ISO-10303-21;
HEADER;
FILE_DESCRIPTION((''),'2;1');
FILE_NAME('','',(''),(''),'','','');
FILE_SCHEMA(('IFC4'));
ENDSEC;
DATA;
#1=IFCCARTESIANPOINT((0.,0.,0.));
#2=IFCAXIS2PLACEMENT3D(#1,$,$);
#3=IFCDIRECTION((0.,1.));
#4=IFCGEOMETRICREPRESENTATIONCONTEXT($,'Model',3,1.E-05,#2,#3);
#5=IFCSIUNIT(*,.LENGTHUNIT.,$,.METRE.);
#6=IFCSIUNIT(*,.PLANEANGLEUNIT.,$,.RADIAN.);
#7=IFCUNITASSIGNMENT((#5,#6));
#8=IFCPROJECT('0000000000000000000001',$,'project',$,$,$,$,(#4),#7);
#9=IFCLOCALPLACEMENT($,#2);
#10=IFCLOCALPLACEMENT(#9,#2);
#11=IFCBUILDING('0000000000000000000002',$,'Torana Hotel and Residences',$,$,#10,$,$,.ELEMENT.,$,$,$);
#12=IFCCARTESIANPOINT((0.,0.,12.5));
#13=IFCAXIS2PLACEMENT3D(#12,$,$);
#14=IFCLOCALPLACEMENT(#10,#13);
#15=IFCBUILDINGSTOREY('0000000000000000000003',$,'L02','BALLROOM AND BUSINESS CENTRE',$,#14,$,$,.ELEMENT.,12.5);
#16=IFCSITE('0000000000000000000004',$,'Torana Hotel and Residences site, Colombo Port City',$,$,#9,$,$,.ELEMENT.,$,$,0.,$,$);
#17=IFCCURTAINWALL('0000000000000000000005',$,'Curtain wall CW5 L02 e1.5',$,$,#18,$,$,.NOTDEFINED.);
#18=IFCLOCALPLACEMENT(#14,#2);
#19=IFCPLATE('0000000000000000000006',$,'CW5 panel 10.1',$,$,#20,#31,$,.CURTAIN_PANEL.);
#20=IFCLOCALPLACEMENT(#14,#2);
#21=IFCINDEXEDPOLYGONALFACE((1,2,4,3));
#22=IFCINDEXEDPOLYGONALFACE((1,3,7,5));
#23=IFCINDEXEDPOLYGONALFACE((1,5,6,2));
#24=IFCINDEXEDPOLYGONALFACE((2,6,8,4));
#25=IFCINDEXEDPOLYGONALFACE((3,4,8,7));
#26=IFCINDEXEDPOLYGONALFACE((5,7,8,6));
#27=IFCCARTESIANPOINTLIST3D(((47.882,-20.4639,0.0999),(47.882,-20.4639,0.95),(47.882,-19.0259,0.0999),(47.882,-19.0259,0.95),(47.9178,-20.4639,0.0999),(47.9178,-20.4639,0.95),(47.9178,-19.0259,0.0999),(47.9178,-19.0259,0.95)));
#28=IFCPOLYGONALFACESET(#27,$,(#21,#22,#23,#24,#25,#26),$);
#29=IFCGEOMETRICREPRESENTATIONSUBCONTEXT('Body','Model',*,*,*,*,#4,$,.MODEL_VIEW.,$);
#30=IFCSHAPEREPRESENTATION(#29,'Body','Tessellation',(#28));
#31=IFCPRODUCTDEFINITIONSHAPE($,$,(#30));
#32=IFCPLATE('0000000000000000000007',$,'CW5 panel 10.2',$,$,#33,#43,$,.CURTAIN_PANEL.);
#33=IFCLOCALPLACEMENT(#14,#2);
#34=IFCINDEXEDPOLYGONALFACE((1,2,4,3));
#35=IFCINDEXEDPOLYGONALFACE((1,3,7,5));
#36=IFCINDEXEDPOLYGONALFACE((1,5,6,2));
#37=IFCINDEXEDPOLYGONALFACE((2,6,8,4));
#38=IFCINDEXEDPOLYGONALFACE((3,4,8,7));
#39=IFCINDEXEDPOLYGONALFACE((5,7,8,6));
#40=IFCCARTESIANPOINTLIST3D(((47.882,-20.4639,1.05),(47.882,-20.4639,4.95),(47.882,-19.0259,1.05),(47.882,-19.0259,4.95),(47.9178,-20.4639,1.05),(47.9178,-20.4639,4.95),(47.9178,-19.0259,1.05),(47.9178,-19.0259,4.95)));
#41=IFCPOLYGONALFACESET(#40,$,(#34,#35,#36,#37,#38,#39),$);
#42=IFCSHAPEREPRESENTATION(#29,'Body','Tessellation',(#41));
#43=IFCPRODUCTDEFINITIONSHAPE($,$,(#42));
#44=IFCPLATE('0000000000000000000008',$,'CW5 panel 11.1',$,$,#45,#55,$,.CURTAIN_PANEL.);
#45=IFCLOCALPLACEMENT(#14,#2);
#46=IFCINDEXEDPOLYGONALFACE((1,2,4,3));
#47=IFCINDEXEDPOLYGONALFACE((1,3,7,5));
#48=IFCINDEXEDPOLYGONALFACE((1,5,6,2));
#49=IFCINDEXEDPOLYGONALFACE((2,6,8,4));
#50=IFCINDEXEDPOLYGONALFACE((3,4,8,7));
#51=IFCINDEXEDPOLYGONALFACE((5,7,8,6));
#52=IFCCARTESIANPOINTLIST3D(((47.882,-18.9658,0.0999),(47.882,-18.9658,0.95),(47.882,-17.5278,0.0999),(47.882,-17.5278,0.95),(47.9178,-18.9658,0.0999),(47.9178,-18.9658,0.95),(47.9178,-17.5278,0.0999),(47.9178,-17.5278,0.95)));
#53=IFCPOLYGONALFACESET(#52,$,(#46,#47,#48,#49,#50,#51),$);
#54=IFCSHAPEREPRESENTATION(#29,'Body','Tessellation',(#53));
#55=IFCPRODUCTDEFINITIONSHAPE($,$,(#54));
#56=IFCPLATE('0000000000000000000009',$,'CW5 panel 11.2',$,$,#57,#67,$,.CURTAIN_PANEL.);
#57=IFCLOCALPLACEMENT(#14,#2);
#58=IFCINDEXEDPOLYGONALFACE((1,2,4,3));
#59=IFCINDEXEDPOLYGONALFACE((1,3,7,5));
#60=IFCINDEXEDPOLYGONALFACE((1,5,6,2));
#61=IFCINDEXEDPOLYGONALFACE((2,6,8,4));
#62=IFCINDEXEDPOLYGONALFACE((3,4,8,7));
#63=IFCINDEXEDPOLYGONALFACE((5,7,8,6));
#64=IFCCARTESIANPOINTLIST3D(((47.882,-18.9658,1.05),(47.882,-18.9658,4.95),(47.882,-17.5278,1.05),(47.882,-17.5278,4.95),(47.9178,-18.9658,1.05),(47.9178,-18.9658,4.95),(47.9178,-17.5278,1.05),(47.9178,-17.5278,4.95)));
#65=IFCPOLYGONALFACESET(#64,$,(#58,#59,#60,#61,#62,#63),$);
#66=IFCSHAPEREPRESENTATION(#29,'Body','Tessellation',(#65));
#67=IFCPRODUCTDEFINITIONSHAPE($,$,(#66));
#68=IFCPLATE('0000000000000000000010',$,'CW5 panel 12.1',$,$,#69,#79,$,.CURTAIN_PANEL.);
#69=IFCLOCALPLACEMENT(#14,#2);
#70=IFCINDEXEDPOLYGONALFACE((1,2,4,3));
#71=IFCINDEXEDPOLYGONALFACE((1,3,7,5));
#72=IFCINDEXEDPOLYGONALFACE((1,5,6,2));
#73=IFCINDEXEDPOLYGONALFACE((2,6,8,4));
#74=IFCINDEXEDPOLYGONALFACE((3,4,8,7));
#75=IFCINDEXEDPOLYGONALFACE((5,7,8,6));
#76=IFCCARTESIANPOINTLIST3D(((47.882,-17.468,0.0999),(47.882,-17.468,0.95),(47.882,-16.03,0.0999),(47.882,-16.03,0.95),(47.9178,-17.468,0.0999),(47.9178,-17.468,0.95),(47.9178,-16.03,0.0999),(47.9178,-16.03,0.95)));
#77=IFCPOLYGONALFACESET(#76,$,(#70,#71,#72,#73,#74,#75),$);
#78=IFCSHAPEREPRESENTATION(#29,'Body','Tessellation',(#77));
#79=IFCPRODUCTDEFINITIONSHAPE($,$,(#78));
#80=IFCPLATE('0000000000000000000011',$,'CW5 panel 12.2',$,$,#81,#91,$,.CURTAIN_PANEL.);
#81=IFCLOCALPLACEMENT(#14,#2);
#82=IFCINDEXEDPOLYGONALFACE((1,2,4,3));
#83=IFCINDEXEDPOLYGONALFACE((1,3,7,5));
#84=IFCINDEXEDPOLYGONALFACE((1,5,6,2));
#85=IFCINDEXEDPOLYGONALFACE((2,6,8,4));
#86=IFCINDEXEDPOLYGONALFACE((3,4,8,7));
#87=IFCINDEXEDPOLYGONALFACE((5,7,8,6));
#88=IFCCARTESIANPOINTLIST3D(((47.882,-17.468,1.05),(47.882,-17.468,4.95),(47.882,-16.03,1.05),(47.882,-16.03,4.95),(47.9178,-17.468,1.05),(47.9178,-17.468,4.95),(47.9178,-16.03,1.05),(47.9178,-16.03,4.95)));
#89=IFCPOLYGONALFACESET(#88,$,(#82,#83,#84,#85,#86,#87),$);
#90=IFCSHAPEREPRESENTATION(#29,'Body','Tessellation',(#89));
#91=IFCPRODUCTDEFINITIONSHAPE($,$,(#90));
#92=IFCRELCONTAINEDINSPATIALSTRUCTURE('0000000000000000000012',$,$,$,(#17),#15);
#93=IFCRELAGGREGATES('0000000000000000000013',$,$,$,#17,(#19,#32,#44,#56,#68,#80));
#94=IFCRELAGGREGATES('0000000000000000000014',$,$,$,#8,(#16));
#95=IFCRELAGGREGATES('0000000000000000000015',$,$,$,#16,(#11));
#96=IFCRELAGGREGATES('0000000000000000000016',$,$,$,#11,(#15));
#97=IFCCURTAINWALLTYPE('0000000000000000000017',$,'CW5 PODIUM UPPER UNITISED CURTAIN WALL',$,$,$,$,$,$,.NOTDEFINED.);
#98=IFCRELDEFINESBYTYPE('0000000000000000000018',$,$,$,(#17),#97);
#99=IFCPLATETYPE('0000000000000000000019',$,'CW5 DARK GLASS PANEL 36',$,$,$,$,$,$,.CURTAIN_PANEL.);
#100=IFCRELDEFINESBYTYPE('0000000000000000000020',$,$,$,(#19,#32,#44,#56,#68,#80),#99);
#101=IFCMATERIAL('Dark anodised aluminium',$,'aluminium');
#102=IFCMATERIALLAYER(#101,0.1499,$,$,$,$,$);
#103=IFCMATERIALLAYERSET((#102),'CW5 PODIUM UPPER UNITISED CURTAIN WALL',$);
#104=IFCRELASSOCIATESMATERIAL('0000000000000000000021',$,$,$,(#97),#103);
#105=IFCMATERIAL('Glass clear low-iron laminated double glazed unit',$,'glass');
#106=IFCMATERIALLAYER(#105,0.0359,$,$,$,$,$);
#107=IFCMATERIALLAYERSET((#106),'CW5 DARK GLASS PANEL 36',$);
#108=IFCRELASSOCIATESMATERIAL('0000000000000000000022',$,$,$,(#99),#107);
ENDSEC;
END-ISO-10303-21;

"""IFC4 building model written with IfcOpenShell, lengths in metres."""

from ifc_helpers import new_model, si_unit, direction, frame, origin, origin_2d, place, context, subcontext, project, spatial, rectangle, extrude, material, layer, layer_set, type_object, element, aggregate, save


model = new_model("IFC4")

# Units and contexts
model_context = context("Model", 3, precision=1e-05, world=origin(), true_north=direction((0.0, 1.0)))
body_context = subcontext(model_context, "Body", "Model", "MODEL_VIEW")
ifc_project = project(units=[si_unit("LENGTHUNIT", "METRE"), si_unit("PLANEANGLEUNIT", "RADIAN")], contexts=[model_context])

# Site, building, storey
site_placement = place(None, origin())
site = spatial("IfcSite", under=ifc_project, at=site_placement, Name="Torana Hotel and Residences site, Colombo Port City", CompositionType="ELEMENT", RefElevation=0.0)
building_placement = place(site_placement, origin())
building = spatial("IfcBuilding", under=site, at=building_placement, Name="Torana Hotel and Residences", CompositionType="ELEMENT")
storey_placement = place(building_placement, frame((0.0, 0.0, 12.5)))
storey = spatial("IfcBuildingStorey", under=building, at=storey_placement, Name="L02", Description="BALLROOM AND BUSINESS CENTRE", CompositionType="ELEMENT", Elevation=12.5)

# Curtain wall, plates
ifc_material_1 = material(Name="Dark anodised aluminium", Category="aluminium")
ifc_layer_1 = layer(ifc_material_1, 0.1499)
ifc_layer_set_1 = layer_set([ifc_layer_1], Name="CW5 PODIUM UPPER UNITISED CURTAIN WALL")
curtain_wall_type = type_object("IfcCurtainWallType", Name="CW5 PODIUM UPPER UNITISED CURTAIN WALL", PredefinedType="NOTDEFINED", material=ifc_layer_set_1)
curtain_wall_placement = place(storey_placement, origin())
curtain_wall = element("IfcCurtainWall", 1, at=curtain_wall_placement, inside=storey, type_object=curtain_wall_type, Name="Curtain wall CW5 L02 e1.5", PredefinedType="NOTDEFINED")
ifc_material_2 = material(Name="Glass clear low-iron laminated double glazed unit", Category="glass")
ifc_layer_2 = layer(ifc_material_2, 0.0359)
ifc_layer_set_2 = layer_set([ifc_layer_2], Name="CW5 DARK GLASS PANEL 36")
plate_type = type_object("IfcPlateType", Name="CW5 DARK GLASS PANEL 36", PredefinedType="CURTAIN_PANEL", material=ifc_layer_set_2)
plate_1_placement = place(storey_placement, frame((47.8999, -19.7449, 0.0999), z_axis=(0.0, 0.0, 1.0), x_axis=(0.0, 1.0, 0.0)))
plate_1 = element("IfcPlate", 2, at=plate_1_placement, type_object=plate_type, Name="CW5 panel 10.1", PredefinedType="CURTAIN_PANEL", context=body_context, shape_type="SweptSolid", body=[
    extrude(rectangle(XDim=1.438, YDim=0.0359, at=origin_2d()), origin(), (0.0, 0.0, 1.0), 0.8501),
])
plate_2_placement = place(storey_placement, frame((47.8999, -19.7449, 1.05), z_axis=(0.0, 0.0, 1.0), x_axis=(0.0, 1.0, 0.0)))
plate_2 = element("IfcPlate", 3, at=plate_2_placement, type_object=plate_type, Name="CW5 panel 10.2", PredefinedType="CURTAIN_PANEL", context=body_context, shape_type="SweptSolid", body=[
    extrude(rectangle(XDim=1.438, YDim=0.0359, at=origin_2d()), origin(), (0.0, 0.0, 1.0), 3.8999),
])
plate_3_placement = place(storey_placement, frame((47.8999, -18.2468, 0.0999), z_axis=(0.0, 0.0, 1.0), x_axis=(0.0, 1.0, 0.0)))
plate_3 = element("IfcPlate", 4, at=plate_3_placement, type_object=plate_type, Name="CW5 panel 11.1", PredefinedType="CURTAIN_PANEL", context=body_context, shape_type="SweptSolid", body=[
    extrude(rectangle(XDim=1.438, YDim=0.0359, at=origin_2d()), origin(), (0.0, 0.0, 1.0), 0.8501),
])
plate_4_placement = place(storey_placement, frame((47.8999, -18.2468, 1.05), z_axis=(0.0, 0.0, 1.0), x_axis=(0.0, 1.0, 0.0)))
plate_4 = element("IfcPlate", 5, at=plate_4_placement, type_object=plate_type, Name="CW5 panel 11.2", PredefinedType="CURTAIN_PANEL", context=body_context, shape_type="SweptSolid", body=[
    extrude(rectangle(XDim=1.438, YDim=0.0359, at=origin_2d()), origin(), (0.0, 0.0, 1.0), 3.8999),
])
plate_5_placement = place(storey_placement, frame((47.8999, -16.749, 0.0999), z_axis=(0.0, 0.0, 1.0), x_axis=(0.0, 1.0, 0.0)))
plate_5 = element("IfcPlate", 6, at=plate_5_placement, type_object=plate_type, Name="CW5 panel 12.1", PredefinedType="CURTAIN_PANEL", context=body_context, shape_type="SweptSolid", body=[
    extrude(rectangle(XDim=1.438, YDim=0.0359, at=origin_2d()), origin(), (0.0, 0.0, 1.0), 0.8501),
])
plate_6_placement = place(storey_placement, frame((47.8999, -16.749, 1.05), z_axis=(0.0, 0.0, 1.0), x_axis=(0.0, 1.0, 0.0)))
plate_6 = element("IfcPlate", 7, at=plate_6_placement, type_object=plate_type, Name="CW5 panel 12.2", PredefinedType="CURTAIN_PANEL", context=body_context, shape_type="SweptSolid", body=[
    extrude(rectangle(XDim=1.438, YDim=0.0359, at=origin_2d()), origin(), (0.0, 0.0, 1.0), 3.8999),
])
aggregate(curtain_wall, [plate_1, plate_2, plate_3, plate_4, plate_5, plate_6])

save(model, "model.ifc")
